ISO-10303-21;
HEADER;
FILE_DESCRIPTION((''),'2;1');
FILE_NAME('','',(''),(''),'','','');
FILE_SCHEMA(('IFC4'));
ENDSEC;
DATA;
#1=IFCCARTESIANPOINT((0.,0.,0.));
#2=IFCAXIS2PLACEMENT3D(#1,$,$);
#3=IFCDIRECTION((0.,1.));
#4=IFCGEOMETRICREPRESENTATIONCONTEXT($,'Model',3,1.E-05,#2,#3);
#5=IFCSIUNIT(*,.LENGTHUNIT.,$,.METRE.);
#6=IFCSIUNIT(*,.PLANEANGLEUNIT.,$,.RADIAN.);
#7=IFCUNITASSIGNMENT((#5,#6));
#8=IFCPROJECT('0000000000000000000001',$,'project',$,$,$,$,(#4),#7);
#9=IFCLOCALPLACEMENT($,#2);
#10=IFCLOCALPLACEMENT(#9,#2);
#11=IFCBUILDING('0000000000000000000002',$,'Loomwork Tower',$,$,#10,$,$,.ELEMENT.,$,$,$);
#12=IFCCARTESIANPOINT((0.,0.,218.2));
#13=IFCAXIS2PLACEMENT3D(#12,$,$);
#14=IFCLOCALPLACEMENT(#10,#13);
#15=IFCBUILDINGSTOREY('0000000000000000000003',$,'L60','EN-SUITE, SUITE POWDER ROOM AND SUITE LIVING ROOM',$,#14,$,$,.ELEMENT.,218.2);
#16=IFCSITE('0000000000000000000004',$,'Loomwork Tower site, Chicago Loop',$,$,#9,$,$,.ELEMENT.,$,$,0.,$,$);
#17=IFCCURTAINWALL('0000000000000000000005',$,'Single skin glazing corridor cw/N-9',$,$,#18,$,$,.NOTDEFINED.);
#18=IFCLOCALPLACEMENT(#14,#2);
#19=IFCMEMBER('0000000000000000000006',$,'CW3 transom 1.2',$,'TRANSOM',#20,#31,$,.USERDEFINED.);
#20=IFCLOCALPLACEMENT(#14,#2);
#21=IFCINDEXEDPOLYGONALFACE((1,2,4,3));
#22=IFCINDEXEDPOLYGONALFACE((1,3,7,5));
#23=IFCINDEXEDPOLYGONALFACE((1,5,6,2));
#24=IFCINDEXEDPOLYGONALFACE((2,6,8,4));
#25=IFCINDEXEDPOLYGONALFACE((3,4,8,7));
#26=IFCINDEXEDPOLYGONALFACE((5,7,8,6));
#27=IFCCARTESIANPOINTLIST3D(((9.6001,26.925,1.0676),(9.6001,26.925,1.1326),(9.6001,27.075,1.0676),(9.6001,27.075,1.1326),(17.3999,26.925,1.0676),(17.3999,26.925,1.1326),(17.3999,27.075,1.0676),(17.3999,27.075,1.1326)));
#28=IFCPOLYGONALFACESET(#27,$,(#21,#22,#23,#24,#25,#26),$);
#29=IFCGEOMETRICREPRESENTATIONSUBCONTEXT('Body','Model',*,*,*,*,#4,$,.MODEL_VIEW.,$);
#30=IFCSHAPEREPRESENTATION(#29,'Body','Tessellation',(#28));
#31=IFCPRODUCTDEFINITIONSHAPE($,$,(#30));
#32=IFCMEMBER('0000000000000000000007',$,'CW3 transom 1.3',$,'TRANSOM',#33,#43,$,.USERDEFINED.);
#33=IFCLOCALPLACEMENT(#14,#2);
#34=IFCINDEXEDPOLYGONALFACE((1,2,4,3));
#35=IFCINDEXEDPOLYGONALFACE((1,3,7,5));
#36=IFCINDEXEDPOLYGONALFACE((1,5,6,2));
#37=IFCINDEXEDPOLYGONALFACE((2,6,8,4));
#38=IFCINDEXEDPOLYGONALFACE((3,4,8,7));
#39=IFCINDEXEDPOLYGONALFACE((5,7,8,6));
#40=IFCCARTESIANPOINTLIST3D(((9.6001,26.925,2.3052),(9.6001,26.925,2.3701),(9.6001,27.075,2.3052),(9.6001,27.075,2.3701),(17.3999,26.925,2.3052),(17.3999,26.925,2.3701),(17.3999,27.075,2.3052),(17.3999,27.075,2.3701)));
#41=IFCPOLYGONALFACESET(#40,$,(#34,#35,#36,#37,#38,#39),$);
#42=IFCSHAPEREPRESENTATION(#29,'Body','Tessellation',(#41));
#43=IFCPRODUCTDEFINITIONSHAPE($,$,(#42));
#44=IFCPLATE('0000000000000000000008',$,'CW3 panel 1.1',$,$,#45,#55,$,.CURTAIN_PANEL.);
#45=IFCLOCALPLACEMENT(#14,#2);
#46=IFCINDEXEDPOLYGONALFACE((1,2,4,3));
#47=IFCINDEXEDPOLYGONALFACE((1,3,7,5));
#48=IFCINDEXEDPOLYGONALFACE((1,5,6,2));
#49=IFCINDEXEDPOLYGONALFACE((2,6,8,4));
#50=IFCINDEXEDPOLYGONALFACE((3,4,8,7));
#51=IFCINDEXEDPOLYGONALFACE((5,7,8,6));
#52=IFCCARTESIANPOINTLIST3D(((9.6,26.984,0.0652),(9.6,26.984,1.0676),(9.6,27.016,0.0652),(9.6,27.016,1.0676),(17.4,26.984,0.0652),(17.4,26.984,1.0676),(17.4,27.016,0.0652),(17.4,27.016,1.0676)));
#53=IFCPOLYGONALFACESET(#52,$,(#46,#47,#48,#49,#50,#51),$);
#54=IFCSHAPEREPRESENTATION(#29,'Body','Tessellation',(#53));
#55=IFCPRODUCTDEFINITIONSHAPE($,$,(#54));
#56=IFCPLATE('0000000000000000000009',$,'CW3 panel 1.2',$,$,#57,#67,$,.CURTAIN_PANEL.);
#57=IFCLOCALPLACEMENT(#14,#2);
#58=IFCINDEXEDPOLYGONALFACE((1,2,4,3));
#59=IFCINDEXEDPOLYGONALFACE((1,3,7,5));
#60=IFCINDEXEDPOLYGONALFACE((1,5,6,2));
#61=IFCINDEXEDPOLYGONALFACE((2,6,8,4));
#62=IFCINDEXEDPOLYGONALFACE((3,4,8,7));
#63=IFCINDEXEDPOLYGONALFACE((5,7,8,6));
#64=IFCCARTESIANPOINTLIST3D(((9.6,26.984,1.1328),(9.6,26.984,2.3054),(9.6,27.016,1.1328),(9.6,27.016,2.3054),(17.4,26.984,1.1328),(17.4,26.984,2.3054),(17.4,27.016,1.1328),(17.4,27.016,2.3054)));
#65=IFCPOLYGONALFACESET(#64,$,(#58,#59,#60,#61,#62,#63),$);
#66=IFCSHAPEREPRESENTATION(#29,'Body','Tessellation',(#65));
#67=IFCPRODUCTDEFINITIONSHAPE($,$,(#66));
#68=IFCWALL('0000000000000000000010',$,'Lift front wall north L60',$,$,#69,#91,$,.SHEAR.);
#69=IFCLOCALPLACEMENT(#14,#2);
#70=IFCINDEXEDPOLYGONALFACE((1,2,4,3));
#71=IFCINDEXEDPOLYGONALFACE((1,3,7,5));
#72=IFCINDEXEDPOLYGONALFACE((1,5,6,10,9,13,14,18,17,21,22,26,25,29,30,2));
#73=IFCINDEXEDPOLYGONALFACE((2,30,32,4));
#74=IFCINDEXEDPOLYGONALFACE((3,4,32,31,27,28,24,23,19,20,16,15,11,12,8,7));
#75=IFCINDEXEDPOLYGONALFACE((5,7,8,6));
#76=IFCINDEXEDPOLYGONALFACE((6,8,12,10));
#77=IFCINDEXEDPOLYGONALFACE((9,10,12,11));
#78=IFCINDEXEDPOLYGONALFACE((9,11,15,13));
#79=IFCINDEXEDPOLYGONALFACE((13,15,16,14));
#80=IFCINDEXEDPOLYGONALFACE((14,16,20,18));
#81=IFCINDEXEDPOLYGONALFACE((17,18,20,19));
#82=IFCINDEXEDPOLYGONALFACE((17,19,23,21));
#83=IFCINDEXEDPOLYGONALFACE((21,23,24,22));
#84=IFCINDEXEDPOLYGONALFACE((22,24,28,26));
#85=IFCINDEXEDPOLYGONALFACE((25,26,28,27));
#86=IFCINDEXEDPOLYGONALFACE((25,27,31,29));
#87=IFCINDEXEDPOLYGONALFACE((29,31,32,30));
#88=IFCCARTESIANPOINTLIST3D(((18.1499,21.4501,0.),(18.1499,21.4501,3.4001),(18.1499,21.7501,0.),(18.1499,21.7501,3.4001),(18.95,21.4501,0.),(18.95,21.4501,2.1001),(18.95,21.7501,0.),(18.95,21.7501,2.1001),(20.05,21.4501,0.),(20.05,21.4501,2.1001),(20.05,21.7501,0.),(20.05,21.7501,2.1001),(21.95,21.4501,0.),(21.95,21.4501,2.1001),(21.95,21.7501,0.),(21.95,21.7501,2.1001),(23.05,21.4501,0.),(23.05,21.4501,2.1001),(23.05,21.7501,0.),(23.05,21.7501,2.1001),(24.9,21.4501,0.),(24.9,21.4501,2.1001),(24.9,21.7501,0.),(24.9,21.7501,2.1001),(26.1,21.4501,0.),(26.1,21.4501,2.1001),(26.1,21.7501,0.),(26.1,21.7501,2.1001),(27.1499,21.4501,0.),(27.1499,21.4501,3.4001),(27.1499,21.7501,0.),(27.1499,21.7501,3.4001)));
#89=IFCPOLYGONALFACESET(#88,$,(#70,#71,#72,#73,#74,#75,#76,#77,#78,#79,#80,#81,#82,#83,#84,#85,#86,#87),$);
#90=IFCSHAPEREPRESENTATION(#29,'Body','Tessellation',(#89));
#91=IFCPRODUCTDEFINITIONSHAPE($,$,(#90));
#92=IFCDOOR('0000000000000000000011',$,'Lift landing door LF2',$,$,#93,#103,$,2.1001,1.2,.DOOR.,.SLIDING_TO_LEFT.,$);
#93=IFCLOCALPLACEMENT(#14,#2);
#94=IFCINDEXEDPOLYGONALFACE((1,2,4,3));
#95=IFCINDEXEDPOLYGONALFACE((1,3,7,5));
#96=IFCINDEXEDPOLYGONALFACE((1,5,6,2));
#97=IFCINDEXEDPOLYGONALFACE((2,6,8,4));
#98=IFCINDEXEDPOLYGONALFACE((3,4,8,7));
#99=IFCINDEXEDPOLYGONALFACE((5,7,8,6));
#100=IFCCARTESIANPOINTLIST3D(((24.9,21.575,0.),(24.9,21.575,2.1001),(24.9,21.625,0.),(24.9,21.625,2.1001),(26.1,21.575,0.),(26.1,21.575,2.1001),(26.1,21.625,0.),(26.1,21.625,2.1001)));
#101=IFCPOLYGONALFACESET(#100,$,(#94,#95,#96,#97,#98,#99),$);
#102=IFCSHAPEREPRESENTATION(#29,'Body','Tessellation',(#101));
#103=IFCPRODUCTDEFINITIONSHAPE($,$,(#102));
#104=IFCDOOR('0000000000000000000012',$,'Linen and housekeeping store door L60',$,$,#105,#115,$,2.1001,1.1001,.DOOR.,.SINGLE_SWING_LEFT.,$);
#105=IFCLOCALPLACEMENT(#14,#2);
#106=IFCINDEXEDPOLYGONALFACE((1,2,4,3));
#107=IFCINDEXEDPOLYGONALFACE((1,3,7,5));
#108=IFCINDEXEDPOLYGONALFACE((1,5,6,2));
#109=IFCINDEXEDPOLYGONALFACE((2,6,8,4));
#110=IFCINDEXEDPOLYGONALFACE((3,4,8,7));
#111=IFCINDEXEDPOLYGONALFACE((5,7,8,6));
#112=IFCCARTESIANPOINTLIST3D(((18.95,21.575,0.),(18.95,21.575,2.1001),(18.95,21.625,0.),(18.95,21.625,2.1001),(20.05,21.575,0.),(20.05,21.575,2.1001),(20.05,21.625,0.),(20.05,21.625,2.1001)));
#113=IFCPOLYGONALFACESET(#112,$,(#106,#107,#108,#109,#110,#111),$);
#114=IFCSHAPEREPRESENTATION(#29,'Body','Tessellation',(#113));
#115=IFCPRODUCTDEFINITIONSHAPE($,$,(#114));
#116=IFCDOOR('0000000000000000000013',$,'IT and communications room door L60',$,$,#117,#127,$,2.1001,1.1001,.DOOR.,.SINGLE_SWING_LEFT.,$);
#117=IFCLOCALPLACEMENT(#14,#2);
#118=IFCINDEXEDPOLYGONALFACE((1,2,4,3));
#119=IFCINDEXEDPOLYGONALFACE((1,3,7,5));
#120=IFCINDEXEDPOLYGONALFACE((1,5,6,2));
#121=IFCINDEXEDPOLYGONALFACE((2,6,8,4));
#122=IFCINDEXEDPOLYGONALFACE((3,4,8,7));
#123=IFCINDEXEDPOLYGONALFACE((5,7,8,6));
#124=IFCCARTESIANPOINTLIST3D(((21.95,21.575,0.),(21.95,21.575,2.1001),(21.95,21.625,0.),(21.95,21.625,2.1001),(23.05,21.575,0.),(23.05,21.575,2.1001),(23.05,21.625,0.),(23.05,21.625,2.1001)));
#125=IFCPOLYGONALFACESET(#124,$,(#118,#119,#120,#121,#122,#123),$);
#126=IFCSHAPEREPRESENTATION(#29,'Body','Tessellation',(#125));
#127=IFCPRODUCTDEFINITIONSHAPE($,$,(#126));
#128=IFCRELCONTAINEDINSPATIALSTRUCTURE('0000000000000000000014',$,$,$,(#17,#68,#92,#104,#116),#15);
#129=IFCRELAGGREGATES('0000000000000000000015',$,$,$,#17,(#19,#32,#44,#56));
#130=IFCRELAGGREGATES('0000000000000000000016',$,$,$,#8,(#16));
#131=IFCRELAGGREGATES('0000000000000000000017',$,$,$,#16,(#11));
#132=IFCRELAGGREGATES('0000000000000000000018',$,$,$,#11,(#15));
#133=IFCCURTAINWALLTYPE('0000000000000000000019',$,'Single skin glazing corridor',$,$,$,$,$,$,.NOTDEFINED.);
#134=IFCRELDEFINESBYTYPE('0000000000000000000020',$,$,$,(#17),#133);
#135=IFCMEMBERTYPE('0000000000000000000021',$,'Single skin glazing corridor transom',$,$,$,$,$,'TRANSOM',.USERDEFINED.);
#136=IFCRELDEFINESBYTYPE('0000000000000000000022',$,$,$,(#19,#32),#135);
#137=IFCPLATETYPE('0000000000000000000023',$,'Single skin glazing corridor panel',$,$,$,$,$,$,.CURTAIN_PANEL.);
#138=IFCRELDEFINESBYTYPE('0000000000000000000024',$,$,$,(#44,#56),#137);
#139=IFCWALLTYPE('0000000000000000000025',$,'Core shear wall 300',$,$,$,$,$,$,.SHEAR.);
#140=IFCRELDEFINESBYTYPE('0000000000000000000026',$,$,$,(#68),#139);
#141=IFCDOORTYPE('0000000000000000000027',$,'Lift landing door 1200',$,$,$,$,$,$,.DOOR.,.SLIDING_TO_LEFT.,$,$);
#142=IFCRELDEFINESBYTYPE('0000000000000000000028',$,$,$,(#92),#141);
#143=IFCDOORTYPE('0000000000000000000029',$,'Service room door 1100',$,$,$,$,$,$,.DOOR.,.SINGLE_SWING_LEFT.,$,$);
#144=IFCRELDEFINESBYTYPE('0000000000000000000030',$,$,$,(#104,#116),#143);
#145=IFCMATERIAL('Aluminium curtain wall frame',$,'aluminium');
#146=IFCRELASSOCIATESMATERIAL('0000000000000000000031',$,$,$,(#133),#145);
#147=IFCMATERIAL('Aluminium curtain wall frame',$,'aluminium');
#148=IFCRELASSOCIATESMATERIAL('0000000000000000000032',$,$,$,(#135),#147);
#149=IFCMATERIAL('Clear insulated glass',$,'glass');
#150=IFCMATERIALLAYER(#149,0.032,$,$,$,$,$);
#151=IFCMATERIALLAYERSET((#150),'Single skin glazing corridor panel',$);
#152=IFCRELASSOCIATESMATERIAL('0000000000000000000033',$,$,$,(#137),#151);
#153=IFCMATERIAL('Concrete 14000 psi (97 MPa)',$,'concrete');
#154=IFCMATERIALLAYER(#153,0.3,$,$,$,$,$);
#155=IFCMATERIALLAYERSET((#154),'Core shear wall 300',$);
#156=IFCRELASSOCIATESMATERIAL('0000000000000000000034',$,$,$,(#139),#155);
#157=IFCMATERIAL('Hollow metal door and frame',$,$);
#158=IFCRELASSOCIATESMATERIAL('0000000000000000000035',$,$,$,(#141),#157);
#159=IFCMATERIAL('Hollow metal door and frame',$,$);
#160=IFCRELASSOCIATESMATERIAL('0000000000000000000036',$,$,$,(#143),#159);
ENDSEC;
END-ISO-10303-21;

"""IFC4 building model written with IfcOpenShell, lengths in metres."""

from ifc_helpers import new_model, si_unit, direction, frame, frame_2d, origin, origin_2d, place, context, subcontext, project, spatial, rectangle, extrude, material, layer, layer_set, material_profile, profile_set, type_object, element, fill, aggregate, save


model = new_model("IFC4")

# Units and contexts
model_context = context("Model", 3, precision=1e-05, world=origin(), true_north=direction((0.0, 1.0)))
body_context = subcontext(model_context, "Body", "Model", "MODEL_VIEW")
ifc_project = project(units=[si_unit("LENGTHUNIT", "METRE"), si_unit("PLANEANGLEUNIT", "RADIAN")], contexts=[model_context])

# Site, building, storey
site_placement = place(None, origin())
site = spatial("IfcSite", under=ifc_project, at=site_placement, Name="Loomwork Tower site, Chicago Loop", CompositionType="ELEMENT", RefElevation=0.0)
building_placement = place(site_placement, origin())
building = spatial("IfcBuilding", under=site, at=building_placement, Name="Loomwork Tower", CompositionType="ELEMENT")
storey_placement = place(building_placement, frame((0.0, 0.0, 218.2)))
storey = spatial("IfcBuildingStorey", under=building, at=storey_placement, Name="L60", Description="EN-SUITE, SUITE POWDER ROOM AND SUITE LIVING ROOM", CompositionType="ELEMENT", Elevation=218.2)

# Shared definitions
ifc_material_1 = material(Name="Aluminium curtain wall frame", Category="aluminium")
curtain_wall_type = type_object("IfcCurtainWallType", Name="Single skin glazing corridor", PredefinedType="NOTDEFINED", material=ifc_material_1)

# Curtain wall
curtain_wall_1_placement = place(storey_placement, origin())
curtain_wall_1 = element("IfcCurtainWall", 1, at=curtain_wall_1_placement, inside=storey, type_object=curtain_wall_type, Name="Single skin glazing corridor cw/N-9", PredefinedType="NOTDEFINED")

# Members
ifc_material_2 = material(Name="Aluminium curtain wall frame", Category="aluminium")
ifc_material_profile_1 = material_profile(ifc_material_2, rectangle(XDim=0.1499, YDim=0.0649, at=origin_2d()), Name="AL 65x150")
ifc_profile_set_1 = profile_set([ifc_material_profile_1], Name="Aluminium curtain wall frame")
member_type_1 = type_object("IfcMemberType", Name="Single skin glazing corridor transom", ElementType="TRANSOM", PredefinedType="USERDEFINED", material=ifc_profile_set_1)
member_1_placement = place(storey_placement, frame((17.3999, 27.0, 1.1001), z_axis=(-1.0, 0.0, 0.0), x_axis=(0.0, -1.0, 0.0)))
member_1 = element("IfcMember", 2, at=member_1_placement, type_object=member_type_1, Name="CW3 transom 1.2", ObjectType="TRANSOM", PredefinedType="USERDEFINED", context=body_context, shape_type="SweptSolid", body=[
    extrude(rectangle(XDim=0.1499, YDim=0.0649, at=origin_2d()), origin(), (0.0, 0.0, 1.0), 7.7998),
])
member_2_placement = place(storey_placement, frame((17.3999, 27.0, 2.3376), z_axis=(-1.0, 0.0, 0.0), x_axis=(0.0, -1.0, 0.0)))
member_2 = element("IfcMember", 3, at=member_2_placement, type_object=member_type_1, Name="CW3 transom 1.3", ObjectType="TRANSOM", PredefinedType="USERDEFINED", context=body_context, shape_type="SweptSolid", body=[
    extrude(rectangle(XDim=0.1499, YDim=0.0649, at=origin_2d()), origin(), (0.0, 0.0, 1.0), 7.7998),
])

# Plates
ifc_material_3 = material(Name="Clear insulated glass", Category="glass")
ifc_layer_1 = layer(ifc_material_3, 0.032)
ifc_layer_set_1 = layer_set([ifc_layer_1], Name="Single skin glazing corridor panel")
plate_type = type_object("IfcPlateType", Name="Single skin glazing corridor panel", PredefinedType="CURTAIN_PANEL", material=ifc_layer_set_1)
plate_1_placement = place(storey_placement, frame((13.5, 27.0, 0.0652), z_axis=(0.0, 0.0, 1.0), x_axis=(-1.0, 0.0, 0.0)))
plate_1 = element("IfcPlate", 4, at=plate_1_placement, type_object=plate_type, Name="CW3 panel 1.1", PredefinedType="CURTAIN_PANEL", context=body_context, shape_type="SweptSolid", body=[
    extrude(rectangle(XDim=7.8, YDim=0.032, at=origin_2d()), origin(), (0.0, 0.0, 1.0), 1.0024),
])
plate_2_placement = place(storey_placement, frame((13.5, 27.0, 1.1328), z_axis=(0.0, 0.0, 1.0), x_axis=(-1.0, 0.0, 0.0)))
plate_2 = element("IfcPlate", 5, at=plate_2_placement, type_object=plate_type, Name="CW3 panel 1.2", PredefinedType="CURTAIN_PANEL", context=body_context, shape_type="SweptSolid", body=[
    extrude(rectangle(XDim=7.8, YDim=0.032, at=origin_2d()), origin(), (0.0, 0.0, 1.0), 1.1726),
])
aggregate(curtain_wall_1, [member_1, member_2, plate_1, plate_2])

# Wall, openings, doors
ifc_material_4 = material(Name="Concrete 14000 psi (97 MPa)", Category="concrete")
ifc_layer_2 = layer(ifc_material_4, 0.3)
ifc_layer_set_2 = layer_set([ifc_layer_2], Name="Core shear wall 300")
wall_type_1 = type_object("IfcWallType", Name="Core shear wall 300", PredefinedType="SHEAR", material=ifc_layer_set_2)
wall_1_placement = place(storey_placement, frame((18.1499, 21.6001, 0.0), z_axis=(0.0, 0.0, 1.0), x_axis=(1.0, 0.0, 0.0)))
wall_1 = element("IfcWall", 6, at=wall_1_placement, inside=storey, type_object=wall_type_1, Name="Lift front wall north L60", PredefinedType="SHEAR", context=body_context, shape_type="SweptSolid", body=[
    extrude(rectangle(XDim=9.0, YDim=0.3, at=frame_2d((4.5, 0.0))), origin(), (0.0, 0.0, 1.0), 3.4001),
])
opening_1_placement = place(wall_1_placement, frame((6.75, 0.0, 0.0)))
opening_1 = element("IfcOpeningElement", 7, at=opening_1_placement, cuts=wall_1, PredefinedType="OPENING", context=body_context, shape_type="SweptSolid", body=[
    extrude(rectangle(XDim=1.2, YDim=2.1001, at=frame_2d((0.6001, 1.05))), frame((0.0, 0.1599, 0.0), z_axis=(0.0, -1.0, 0.0), x_axis=(1.0, 0.0, 0.0)), (0.0, 0.0, 1.0), 0.3201),
])
opening_2_placement = place(wall_1_placement, frame((0.8, 0.0, 0.0)))
opening_2 = element("IfcOpeningElement", 8, at=opening_2_placement, cuts=wall_1, PredefinedType="OPENING", context=body_context, shape_type="SweptSolid", body=[
    extrude(rectangle(XDim=1.1001, YDim=2.1001, at=frame_2d((0.55, 1.05))), frame((0.0, 0.1599, 0.0), z_axis=(0.0, -1.0, 0.0), x_axis=(1.0, 0.0, 0.0)), (0.0, 0.0, 1.0), 0.3201),
])
opening_3_placement = place(wall_1_placement, frame((3.8, 0.0, 0.0)))
opening_3 = element("IfcOpeningElement", 9, at=opening_3_placement, cuts=wall_1, PredefinedType="OPENING", context=body_context, shape_type="SweptSolid", body=[
    extrude(rectangle(XDim=1.1001, YDim=2.1001, at=frame_2d((0.55, 1.05))), frame((0.0, 0.1599, 0.0), z_axis=(0.0, -1.0, 0.0), x_axis=(1.0, 0.0, 0.0)), (0.0, 0.0, 1.0), 0.3201),
])
ifc_material_5 = material(Name="Hollow metal door and frame")
door_type_1 = type_object("IfcDoorType", Name="Lift landing door 1200", OperationType="SLIDING_TO_LEFT", PredefinedType="DOOR", material=ifc_material_5)
door_1_placement = place(opening_1_placement, origin())
door_1 = element("IfcDoor", 10, at=door_1_placement, inside=storey, type_object=door_type_1, Name="Lift landing door LF2", OperationType="SLIDING_TO_LEFT", OverallHeight=2.1001, OverallWidth=1.2, PredefinedType="DOOR", context=body_context, shape_type="SweptSolid", body=[
    extrude(rectangle(XDim=1.2, YDim=2.1001, at=frame_2d((0.6001, 1.05))), frame((0.0, 0.0249, 0.0), z_axis=(0.0, -1.0, 0.0), x_axis=(1.0, 0.0, 0.0)), (0.0, 0.0, 1.0), 0.05),
])
fill(opening_1, door_1)
ifc_material_6 = material(Name="Hollow metal door and frame")
door_type_2 = type_object("IfcDoorType", Name="Service room door 1100", OperationType="SINGLE_SWING_LEFT", PredefinedType="DOOR", material=ifc_material_6)
door_2_placement = place(opening_2_placement, origin())
door_2 = element("IfcDoor", 11, at=door_2_placement, inside=storey, type_object=door_type_2, Name="Linen and housekeeping store door L60", OperationType="SINGLE_SWING_LEFT", OverallHeight=2.1001, OverallWidth=1.1001, PredefinedType="DOOR", context=body_context, shape_type="SweptSolid", body=[
    extrude(rectangle(XDim=1.1001, YDim=2.1001, at=frame_2d((0.55, 1.05))), frame((0.0, 0.0249, 0.0), z_axis=(0.0, -1.0, 0.0), x_axis=(1.0, 0.0, 0.0)), (0.0, 0.0, 1.0), 0.05),
])
fill(opening_2, door_2)
door_3_placement = place(opening_3_placement, origin())
door_3 = element("IfcDoor", 12, at=door_3_placement, inside=storey, type_object=door_type_2, Name="IT and communications room door L60", OperationType="SINGLE_SWING_LEFT", OverallHeight=2.1001, OverallWidth=1.1001, PredefinedType="DOOR", context=body_context, shape_type="SweptSolid", body=[
    extrude(rectangle(XDim=1.1001, YDim=2.1001, at=frame_2d((0.55, 1.05))), frame((0.0, 0.0249, 0.0), z_axis=(0.0, -1.0, 0.0), x_axis=(1.0, 0.0, 0.0)), (0.0, 0.0, 1.0), 0.05),
])
fill(opening_3, door_3)

save(model, "model.ifc")
